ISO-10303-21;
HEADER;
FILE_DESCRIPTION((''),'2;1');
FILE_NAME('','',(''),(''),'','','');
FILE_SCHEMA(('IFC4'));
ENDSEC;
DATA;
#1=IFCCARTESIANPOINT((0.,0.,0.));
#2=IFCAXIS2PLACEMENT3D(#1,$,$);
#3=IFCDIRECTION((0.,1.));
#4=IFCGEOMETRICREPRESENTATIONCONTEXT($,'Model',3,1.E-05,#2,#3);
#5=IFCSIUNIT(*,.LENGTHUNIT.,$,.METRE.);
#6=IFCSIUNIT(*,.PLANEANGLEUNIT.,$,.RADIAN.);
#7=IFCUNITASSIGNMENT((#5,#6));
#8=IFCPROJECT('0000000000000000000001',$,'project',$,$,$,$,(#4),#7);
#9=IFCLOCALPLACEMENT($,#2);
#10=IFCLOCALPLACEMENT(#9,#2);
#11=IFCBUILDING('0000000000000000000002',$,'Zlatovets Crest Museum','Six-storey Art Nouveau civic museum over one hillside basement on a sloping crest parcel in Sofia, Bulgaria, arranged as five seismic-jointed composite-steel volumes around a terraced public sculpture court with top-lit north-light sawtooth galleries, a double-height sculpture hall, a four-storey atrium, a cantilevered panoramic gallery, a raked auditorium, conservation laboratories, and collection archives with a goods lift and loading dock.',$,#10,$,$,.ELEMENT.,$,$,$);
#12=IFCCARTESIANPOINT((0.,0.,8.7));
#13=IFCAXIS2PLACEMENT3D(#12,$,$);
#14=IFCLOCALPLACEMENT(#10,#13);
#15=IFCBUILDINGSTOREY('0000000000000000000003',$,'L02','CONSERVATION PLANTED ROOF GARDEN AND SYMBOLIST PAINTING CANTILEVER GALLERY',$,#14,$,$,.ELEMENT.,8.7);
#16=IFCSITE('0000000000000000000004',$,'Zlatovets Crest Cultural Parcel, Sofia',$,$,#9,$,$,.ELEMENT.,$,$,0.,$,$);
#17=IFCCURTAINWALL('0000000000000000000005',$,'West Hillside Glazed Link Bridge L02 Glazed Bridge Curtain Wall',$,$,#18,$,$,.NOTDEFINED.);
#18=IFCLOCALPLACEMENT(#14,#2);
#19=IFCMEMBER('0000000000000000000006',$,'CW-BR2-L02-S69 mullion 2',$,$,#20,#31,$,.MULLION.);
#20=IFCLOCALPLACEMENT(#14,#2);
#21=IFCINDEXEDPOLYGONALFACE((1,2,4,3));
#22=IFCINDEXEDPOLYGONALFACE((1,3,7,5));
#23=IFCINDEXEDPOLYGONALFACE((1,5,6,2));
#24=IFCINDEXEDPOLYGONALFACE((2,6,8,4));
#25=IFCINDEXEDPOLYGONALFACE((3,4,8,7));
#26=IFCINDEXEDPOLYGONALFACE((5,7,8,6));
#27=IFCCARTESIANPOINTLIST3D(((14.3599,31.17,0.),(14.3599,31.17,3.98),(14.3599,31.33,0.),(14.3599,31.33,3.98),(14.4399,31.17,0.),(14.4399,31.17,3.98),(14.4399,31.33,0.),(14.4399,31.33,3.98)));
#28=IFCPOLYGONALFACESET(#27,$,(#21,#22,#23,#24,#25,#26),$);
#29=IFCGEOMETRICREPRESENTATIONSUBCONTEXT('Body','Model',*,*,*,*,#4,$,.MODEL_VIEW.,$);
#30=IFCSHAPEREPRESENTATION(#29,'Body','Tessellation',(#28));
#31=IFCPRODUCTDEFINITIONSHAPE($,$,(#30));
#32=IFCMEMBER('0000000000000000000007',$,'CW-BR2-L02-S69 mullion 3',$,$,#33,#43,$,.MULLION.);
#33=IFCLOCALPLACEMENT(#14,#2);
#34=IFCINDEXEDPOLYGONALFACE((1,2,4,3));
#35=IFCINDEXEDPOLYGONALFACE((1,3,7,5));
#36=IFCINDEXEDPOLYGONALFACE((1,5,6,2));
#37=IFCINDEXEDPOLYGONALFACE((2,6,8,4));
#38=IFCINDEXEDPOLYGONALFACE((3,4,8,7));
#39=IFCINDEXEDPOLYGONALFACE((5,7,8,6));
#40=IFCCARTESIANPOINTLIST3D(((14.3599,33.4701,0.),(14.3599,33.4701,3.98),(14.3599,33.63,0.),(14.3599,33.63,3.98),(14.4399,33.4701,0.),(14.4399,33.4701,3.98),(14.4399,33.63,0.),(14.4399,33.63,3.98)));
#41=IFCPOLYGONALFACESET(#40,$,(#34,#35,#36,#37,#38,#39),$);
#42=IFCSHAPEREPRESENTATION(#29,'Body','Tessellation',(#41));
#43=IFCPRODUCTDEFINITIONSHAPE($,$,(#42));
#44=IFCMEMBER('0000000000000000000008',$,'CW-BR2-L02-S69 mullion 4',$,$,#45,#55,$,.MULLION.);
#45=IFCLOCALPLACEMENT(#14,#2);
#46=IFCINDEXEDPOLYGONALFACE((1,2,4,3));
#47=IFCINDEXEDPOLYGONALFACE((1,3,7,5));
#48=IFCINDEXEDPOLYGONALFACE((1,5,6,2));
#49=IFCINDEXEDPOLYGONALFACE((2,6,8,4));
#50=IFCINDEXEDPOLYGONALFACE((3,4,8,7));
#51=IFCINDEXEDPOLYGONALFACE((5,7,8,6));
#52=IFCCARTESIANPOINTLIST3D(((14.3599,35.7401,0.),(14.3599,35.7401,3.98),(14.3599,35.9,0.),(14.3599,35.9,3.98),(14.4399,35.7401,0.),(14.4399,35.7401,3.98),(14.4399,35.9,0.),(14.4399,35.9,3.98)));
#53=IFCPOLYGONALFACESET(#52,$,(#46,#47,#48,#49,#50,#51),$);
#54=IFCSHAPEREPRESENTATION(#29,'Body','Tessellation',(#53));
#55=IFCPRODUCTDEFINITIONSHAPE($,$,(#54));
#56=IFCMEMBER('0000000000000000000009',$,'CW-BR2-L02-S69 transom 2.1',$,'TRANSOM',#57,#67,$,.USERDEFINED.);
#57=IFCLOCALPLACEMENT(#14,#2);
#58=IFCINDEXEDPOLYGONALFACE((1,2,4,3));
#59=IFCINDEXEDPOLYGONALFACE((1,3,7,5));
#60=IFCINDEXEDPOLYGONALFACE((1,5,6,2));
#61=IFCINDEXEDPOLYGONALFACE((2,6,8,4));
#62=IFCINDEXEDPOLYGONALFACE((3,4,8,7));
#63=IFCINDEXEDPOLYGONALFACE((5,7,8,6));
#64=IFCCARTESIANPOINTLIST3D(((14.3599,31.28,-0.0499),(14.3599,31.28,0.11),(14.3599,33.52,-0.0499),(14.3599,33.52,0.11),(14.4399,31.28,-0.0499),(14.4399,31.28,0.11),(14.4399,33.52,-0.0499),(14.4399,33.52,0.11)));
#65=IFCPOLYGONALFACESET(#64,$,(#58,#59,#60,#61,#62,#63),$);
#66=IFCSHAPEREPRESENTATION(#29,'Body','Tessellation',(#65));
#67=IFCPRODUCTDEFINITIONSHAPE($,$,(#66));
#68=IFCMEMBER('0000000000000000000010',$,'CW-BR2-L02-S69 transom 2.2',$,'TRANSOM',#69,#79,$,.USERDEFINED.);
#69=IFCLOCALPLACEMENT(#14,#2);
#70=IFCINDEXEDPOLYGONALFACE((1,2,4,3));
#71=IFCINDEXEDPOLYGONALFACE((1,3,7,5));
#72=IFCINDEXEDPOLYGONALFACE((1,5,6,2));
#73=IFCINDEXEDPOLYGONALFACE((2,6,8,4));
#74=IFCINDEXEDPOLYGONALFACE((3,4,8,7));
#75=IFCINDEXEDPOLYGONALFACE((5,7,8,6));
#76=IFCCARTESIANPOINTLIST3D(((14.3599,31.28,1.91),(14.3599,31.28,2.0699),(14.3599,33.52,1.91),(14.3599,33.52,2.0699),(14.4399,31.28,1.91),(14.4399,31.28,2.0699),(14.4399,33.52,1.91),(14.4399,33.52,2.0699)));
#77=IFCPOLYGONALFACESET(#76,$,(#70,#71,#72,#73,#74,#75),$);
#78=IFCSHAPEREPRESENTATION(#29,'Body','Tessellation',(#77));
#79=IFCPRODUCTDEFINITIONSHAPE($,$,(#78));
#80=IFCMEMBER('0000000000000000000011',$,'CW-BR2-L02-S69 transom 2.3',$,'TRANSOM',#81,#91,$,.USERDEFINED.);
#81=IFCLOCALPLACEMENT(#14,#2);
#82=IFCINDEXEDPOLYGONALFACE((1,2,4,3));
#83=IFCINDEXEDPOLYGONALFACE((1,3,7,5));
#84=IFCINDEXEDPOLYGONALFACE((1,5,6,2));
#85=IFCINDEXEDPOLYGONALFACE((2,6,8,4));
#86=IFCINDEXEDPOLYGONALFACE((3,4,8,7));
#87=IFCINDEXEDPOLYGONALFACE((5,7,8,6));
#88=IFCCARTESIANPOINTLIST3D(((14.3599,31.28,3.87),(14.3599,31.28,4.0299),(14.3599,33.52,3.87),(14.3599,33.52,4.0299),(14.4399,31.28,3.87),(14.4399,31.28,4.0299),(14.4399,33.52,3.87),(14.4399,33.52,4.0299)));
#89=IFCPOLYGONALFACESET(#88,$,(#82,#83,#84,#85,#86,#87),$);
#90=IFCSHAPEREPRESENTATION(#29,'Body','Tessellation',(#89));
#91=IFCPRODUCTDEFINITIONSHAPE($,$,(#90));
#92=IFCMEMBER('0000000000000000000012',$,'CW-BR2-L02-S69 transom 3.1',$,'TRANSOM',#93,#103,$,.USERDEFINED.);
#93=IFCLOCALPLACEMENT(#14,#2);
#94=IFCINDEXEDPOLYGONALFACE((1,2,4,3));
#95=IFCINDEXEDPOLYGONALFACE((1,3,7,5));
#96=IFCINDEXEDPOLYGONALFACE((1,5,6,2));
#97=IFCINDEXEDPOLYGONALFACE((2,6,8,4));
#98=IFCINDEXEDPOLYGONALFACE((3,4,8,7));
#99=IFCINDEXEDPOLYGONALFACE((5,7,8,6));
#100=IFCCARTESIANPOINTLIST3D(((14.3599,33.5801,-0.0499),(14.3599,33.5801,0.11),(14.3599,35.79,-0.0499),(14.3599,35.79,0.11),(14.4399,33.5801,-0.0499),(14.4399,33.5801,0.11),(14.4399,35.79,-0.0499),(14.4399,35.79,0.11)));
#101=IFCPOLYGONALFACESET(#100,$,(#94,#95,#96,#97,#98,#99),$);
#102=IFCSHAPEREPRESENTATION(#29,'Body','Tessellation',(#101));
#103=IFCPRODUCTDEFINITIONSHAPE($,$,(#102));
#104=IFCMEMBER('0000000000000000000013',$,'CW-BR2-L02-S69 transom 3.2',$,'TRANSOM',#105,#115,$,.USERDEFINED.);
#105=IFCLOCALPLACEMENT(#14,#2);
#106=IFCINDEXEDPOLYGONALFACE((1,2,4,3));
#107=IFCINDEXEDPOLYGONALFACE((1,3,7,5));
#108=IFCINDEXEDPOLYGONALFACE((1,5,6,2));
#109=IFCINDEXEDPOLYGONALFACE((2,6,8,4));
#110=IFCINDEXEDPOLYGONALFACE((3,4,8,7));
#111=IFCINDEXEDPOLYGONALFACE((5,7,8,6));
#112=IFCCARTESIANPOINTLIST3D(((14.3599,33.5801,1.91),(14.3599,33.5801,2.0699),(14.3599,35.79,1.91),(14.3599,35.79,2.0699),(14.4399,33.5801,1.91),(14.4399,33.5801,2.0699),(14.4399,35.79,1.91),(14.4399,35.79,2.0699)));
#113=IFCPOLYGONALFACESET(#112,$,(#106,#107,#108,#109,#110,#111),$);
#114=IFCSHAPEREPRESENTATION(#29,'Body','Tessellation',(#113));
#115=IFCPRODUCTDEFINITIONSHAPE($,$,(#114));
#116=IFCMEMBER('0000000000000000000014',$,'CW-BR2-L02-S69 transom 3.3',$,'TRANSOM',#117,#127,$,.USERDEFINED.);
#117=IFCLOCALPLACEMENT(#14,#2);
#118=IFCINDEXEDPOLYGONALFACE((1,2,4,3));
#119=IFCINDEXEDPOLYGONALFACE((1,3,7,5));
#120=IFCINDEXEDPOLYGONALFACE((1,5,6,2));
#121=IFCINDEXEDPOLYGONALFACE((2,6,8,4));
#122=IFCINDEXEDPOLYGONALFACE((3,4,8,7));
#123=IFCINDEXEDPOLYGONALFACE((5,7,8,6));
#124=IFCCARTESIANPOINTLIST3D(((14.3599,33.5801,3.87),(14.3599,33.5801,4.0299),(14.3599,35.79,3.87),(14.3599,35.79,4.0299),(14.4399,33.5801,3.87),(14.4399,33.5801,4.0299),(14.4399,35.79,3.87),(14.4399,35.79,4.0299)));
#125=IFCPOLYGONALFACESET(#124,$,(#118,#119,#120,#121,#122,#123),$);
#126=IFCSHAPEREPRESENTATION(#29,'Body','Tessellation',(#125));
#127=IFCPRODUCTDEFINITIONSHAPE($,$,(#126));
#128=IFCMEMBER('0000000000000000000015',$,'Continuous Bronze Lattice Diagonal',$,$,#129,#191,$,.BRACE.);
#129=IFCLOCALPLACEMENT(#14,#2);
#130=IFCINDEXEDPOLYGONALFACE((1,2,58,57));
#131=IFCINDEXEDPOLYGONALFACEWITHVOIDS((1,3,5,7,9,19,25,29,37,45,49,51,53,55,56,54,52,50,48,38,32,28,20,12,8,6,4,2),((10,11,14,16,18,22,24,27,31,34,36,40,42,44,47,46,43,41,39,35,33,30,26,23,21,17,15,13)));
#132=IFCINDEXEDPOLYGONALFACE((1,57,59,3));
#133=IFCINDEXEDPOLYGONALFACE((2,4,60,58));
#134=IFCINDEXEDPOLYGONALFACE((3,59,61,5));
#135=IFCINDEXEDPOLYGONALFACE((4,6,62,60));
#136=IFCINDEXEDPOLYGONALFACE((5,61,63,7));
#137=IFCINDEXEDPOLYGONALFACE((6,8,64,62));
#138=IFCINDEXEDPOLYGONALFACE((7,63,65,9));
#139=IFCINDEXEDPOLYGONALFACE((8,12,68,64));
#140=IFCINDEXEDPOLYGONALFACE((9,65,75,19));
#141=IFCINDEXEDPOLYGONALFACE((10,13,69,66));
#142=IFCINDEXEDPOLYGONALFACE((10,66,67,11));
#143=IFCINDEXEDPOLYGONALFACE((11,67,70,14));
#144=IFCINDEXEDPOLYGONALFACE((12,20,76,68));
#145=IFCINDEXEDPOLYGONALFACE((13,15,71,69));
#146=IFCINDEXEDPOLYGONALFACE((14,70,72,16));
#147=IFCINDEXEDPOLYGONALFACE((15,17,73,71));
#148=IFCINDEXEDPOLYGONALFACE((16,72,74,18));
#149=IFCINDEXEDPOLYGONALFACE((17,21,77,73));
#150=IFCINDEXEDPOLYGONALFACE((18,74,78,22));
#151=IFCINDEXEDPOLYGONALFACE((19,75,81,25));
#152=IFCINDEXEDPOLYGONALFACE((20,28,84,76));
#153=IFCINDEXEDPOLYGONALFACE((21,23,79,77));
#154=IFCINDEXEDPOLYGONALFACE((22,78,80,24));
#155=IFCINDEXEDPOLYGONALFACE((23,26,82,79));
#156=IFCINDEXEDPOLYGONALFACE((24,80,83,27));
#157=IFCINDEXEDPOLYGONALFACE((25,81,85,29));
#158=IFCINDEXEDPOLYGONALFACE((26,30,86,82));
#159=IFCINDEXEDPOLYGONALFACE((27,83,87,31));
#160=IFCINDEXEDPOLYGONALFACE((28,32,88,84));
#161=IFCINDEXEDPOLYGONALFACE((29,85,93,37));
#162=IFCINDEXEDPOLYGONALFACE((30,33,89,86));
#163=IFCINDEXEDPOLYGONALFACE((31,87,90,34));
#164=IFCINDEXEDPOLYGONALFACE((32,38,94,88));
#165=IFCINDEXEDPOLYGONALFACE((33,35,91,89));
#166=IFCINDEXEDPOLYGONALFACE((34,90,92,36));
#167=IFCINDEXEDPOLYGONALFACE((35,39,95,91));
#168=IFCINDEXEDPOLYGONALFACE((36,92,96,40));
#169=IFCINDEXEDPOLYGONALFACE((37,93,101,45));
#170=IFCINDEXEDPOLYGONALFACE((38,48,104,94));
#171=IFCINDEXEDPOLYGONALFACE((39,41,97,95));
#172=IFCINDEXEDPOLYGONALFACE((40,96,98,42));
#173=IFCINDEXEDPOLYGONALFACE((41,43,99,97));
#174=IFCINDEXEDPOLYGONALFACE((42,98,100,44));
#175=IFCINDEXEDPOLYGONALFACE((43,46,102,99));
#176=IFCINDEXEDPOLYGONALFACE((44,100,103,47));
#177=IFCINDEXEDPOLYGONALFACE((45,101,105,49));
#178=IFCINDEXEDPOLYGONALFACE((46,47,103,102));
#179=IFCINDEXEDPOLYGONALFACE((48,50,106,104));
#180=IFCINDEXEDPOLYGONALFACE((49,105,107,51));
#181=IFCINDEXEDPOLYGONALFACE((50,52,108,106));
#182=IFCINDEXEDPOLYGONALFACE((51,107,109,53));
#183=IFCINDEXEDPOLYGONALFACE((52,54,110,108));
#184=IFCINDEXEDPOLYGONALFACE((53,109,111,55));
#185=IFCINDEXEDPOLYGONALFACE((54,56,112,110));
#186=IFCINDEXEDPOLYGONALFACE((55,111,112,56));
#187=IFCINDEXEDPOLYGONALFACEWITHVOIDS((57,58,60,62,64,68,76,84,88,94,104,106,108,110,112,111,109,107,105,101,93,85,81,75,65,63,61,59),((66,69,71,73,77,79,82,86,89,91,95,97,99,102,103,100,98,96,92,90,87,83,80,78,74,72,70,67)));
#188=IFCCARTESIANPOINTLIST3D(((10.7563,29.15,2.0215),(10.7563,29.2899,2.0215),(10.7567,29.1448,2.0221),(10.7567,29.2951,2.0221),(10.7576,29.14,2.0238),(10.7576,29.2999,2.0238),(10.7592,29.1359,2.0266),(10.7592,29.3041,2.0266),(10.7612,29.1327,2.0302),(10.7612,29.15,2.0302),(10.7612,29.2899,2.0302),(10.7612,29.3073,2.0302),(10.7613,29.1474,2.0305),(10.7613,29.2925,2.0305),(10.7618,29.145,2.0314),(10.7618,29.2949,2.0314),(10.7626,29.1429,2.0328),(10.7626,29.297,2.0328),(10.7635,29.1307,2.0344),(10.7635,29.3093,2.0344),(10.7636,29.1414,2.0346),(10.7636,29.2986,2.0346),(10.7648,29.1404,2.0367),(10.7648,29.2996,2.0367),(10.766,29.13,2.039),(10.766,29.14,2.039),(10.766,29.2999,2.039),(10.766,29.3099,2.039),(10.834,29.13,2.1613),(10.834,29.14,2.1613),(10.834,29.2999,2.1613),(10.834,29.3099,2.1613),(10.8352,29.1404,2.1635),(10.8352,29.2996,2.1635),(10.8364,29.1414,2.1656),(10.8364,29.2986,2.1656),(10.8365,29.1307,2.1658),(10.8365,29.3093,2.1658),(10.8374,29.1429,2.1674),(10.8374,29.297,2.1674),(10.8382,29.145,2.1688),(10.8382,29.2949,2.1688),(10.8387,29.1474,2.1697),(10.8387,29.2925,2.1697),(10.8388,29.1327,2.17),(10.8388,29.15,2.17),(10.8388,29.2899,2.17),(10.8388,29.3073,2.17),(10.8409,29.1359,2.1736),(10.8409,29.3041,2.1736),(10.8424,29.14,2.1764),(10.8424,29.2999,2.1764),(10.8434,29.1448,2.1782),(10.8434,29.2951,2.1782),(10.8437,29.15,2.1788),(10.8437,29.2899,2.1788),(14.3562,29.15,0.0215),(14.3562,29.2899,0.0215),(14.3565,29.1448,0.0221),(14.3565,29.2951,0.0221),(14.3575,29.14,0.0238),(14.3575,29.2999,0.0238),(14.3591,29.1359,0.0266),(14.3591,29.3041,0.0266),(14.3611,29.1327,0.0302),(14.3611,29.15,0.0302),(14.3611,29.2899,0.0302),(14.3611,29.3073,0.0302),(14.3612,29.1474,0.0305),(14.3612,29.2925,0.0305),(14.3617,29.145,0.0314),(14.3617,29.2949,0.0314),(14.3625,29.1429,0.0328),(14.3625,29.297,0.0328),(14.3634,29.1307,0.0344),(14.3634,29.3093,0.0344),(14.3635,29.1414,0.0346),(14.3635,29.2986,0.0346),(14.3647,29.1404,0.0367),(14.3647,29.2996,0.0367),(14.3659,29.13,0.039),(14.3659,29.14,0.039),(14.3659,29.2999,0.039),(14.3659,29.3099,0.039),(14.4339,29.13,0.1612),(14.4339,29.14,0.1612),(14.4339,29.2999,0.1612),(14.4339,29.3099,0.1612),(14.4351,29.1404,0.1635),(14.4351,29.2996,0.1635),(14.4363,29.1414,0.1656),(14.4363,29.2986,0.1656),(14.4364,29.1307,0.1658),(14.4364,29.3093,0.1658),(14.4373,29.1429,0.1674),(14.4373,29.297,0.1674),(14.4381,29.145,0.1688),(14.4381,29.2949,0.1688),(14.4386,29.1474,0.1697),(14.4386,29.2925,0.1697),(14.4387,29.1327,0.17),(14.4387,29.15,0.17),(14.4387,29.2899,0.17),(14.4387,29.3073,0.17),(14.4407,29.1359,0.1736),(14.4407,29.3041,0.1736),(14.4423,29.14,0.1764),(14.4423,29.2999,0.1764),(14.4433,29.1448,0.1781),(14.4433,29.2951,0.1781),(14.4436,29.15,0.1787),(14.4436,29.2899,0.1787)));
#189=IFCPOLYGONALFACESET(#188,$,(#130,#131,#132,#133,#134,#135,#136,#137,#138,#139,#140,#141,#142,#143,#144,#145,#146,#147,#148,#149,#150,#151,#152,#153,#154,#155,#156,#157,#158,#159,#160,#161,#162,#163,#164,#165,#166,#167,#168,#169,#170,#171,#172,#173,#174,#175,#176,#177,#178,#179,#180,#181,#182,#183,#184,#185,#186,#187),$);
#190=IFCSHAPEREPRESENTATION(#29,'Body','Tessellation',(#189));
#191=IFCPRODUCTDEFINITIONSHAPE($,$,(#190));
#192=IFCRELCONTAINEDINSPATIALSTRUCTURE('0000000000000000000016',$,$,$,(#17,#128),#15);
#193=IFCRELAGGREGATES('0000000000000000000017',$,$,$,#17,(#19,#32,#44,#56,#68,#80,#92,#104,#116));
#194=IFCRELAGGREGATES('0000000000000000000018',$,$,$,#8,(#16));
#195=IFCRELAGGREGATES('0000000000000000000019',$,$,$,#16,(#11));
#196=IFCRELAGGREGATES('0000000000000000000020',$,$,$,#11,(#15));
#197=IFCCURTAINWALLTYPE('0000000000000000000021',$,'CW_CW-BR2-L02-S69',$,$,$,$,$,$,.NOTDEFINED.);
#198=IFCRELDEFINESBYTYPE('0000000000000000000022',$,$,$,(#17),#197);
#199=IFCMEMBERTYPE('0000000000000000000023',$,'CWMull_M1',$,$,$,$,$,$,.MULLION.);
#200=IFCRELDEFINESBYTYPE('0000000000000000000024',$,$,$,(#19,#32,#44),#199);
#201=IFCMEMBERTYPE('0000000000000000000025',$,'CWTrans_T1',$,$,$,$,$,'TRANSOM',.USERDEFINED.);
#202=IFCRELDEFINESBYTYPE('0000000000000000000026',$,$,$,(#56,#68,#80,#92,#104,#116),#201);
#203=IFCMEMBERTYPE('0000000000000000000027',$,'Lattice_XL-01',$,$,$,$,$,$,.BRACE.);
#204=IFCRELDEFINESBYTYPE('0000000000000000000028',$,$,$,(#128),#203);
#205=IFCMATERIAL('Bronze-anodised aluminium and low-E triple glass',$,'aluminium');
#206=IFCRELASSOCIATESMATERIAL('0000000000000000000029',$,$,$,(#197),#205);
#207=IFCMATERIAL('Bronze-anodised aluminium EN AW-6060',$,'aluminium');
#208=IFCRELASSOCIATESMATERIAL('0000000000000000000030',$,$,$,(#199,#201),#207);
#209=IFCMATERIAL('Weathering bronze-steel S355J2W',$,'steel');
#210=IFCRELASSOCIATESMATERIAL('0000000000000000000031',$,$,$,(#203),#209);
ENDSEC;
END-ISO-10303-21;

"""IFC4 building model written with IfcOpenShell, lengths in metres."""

from ifc_helpers import new_model, si_unit, direction, frame, origin, origin_2d, place, context, subcontext, project, spatial, rectangle, hollow_rectangle, extrude, material, material_profile, profile_set, type_object, element, aggregate, save


model = new_model("IFC4")

# Units and contexts
model_context = context("Model", 3, precision=1e-05, world=origin(), true_north=direction((0.0, 1.0)))
body_context = subcontext(model_context, "Body", "Model", "MODEL_VIEW")
ifc_project = project(units=[si_unit("LENGTHUNIT", "METRE"), si_unit("PLANEANGLEUNIT", "RADIAN")], contexts=[model_context])

# Site, building, storey
site_placement = place(None, origin())
site = spatial("IfcSite", under=ifc_project, at=site_placement, Name="Zlatovets Crest Cultural Parcel, Sofia", CompositionType="ELEMENT", RefElevation=0.0)
building_placement = place(site_placement, origin())
building = spatial("IfcBuilding", under=site, at=building_placement, Name="Zlatovets Crest Museum", Description="Six-storey Art Nouveau civic museum over one hillside basement on a sloping crest parcel in Sofia, Bulgaria, arranged as five seismic-jointed composite-steel volumes around a terraced public sculpture court with top-lit north-light sawtooth galleries, a double-height sculpture hall, a four-storey atrium, a cantilevered panoramic gallery, a raked auditorium, conservation laboratories, and collection archives with a goods lift and loading dock.", CompositionType="ELEMENT")
storey_placement = place(building_placement, frame((0.0, 0.0, 8.7)))
storey = spatial("IfcBuildingStorey", under=building, at=storey_placement, Name="L02", Description="CONSERVATION PLANTED ROOF GARDEN AND SYMBOLIST PAINTING CANTILEVER GALLERY", CompositionType="ELEMENT", Elevation=8.7)

# Curtain wall, members
ifc_material_1 = material(Name="Bronze-anodised aluminium and low-E triple glass", Category="aluminium")
curtain_wall_type = type_object("IfcCurtainWallType", Name="CW_CW-BR2-L02-S69", PredefinedType="NOTDEFINED", material=ifc_material_1)
curtain_wall_placement = place(storey_placement, origin())
curtain_wall = element("IfcCurtainWall", 1, at=curtain_wall_placement, inside=storey, type_object=curtain_wall_type, Name="West Hillside Glazed Link Bridge L02 Glazed Bridge Curtain Wall", PredefinedType="NOTDEFINED")
ifc_material_2 = material(Name="Bronze-anodised aluminium EN AW-6060", Category="aluminium")
ifc_material_profile_1 = material_profile(ifc_material_2, rectangle(XDim=0.0801, YDim=0.1599, at=origin_2d()), Name="ALU 80x160")
ifc_profile_set_1 = profile_set([ifc_material_profile_1], Name="Bronze-anodised aluminium EN AW-6060")
member_type_1 = type_object("IfcMemberType", Name="CWMull_M1", PredefinedType="MULLION", material=ifc_profile_set_1)
member_1_placement = place(storey_placement, frame((14.3999, 31.25, 0.0), z_axis=(0.0, 0.0, 1.0), x_axis=(-1.0, 0.0, 0.0)))
member_1 = element("IfcMember", 2, at=member_1_placement, type_object=member_type_1, Name="CW-BR2-L02-S69 mullion 2", PredefinedType="MULLION", context=body_context, shape_type="SweptSolid", body=[
    extrude(rectangle(XDim=0.0801, YDim=0.1599, at=origin_2d()), origin(), (0.0, 0.0, 1.0), 3.98),
])
member_2_placement = place(storey_placement, frame((14.3999, 33.55, 0.0), z_axis=(0.0, 0.0, 1.0), x_axis=(-1.0, 0.0, 0.0)))
member_2 = element("IfcMember", 3, at=member_2_placement, type_object=member_type_1, Name="CW-BR2-L02-S69 mullion 3", PredefinedType="MULLION", context=body_context, shape_type="SweptSolid", body=[
    extrude(rectangle(XDim=0.0801, YDim=0.1599, at=origin_2d()), origin(), (0.0, 0.0, 1.0), 3.98),
])
member_3_placement = place(storey_placement, frame((14.3999, 35.8201, 0.0), z_axis=(0.0, 0.0, 1.0), x_axis=(-1.0, 0.0, 0.0)))
member_3 = element("IfcMember", 4, at=member_3_placement, type_object=member_type_1, Name="CW-BR2-L02-S69 mullion 4", PredefinedType="MULLION", context=body_context, shape_type="SweptSolid", body=[
    extrude(rectangle(XDim=0.0801, YDim=0.1599, at=origin_2d()), origin(), (0.0, 0.0, 1.0), 3.98),
])
ifc_material_profile_2 = material_profile(ifc_material_2, rectangle(XDim=0.0801, YDim=0.1599, at=origin_2d()), Name="ALU 80x160")
ifc_profile_set_2 = profile_set([ifc_material_profile_2], Name="Bronze-anodised aluminium EN AW-6060")
member_type_2 = type_object("IfcMemberType", Name="CWTrans_T1", ElementType="TRANSOM", PredefinedType="USERDEFINED", material=ifc_profile_set_2)
member_4_placement = place(storey_placement, frame((14.3999, 31.28, 0.03), z_axis=(0.0, 1.0, 0.0), x_axis=(-1.0, 0.0, 0.0)))
member_4 = element("IfcMember", 5, at=member_4_placement, type_object=member_type_2, Name="CW-BR2-L02-S69 transom 2.1", ObjectType="TRANSOM", PredefinedType="USERDEFINED", context=body_context, shape_type="SweptSolid", body=[
    extrude(rectangle(XDim=0.0801, YDim=0.1599, at=origin_2d()), origin(), (0.0, 0.0, 1.0), 2.24),
])
member_5_placement = place(storey_placement, frame((14.3999, 31.28, 1.99), z_axis=(0.0, 1.0, 0.0), x_axis=(-1.0, 0.0, 0.0)))
member_5 = element("IfcMember", 6, at=member_5_placement, type_object=member_type_2, Name="CW-BR2-L02-S69 transom 2.2", ObjectType="TRANSOM", PredefinedType="USERDEFINED", context=body_context, shape_type="SweptSolid", body=[
    extrude(rectangle(XDim=0.0801, YDim=0.1599, at=origin_2d()), origin(), (0.0, 0.0, 1.0), 2.24),
])
member_6_placement = place(storey_placement, frame((14.3999, 31.28, 3.95), z_axis=(0.0, 1.0, 0.0), x_axis=(-1.0, 0.0, 0.0)))
member_6 = element("IfcMember", 7, at=member_6_placement, type_object=member_type_2, Name="CW-BR2-L02-S69 transom 2.3", ObjectType="TRANSOM", PredefinedType="USERDEFINED", context=body_context, shape_type="SweptSolid", body=[
    extrude(rectangle(XDim=0.0801, YDim=0.1599, at=origin_2d()), origin(), (0.0, 0.0, 1.0), 2.24),
])
member_7_placement = place(storey_placement, frame((14.3999, 33.5801, 0.03), z_axis=(0.0, 1.0, 0.0), x_axis=(-1.0, 0.0, 0.0)))
member_7 = element("IfcMember", 8, at=member_7_placement, type_object=member_type_2, Name="CW-BR2-L02-S69 transom 3.1", ObjectType="TRANSOM", PredefinedType="USERDEFINED", context=body_context, shape_type="SweptSolid", body=[
    extrude(rectangle(XDim=0.0801, YDim=0.1599, at=origin_2d()), origin(), (0.0, 0.0, 1.0), 2.21),
])
member_8_placement = place(storey_placement, frame((14.3999, 33.5801, 1.99), z_axis=(0.0, 1.0, 0.0), x_axis=(-1.0, 0.0, 0.0)))
member_8 = element("IfcMember", 9, at=member_8_placement, type_object=member_type_2, Name="CW-BR2-L02-S69 transom 3.2", ObjectType="TRANSOM", PredefinedType="USERDEFINED", context=body_context, shape_type="SweptSolid", body=[
    extrude(rectangle(XDim=0.0801, YDim=0.1599, at=origin_2d()), origin(), (0.0, 0.0, 1.0), 2.21),
])
member_9_placement = place(storey_placement, frame((14.3999, 33.5801, 3.95), z_axis=(0.0, 1.0, 0.0), x_axis=(-1.0, 0.0, 0.0)))
member_9 = element("IfcMember", 10, at=member_9_placement, type_object=member_type_2, Name="CW-BR2-L02-S69 transom 3.3", ObjectType="TRANSOM", PredefinedType="USERDEFINED", context=body_context, shape_type="SweptSolid", body=[
    extrude(rectangle(XDim=0.0801, YDim=0.1599, at=origin_2d()), origin(), (0.0, 0.0, 1.0), 2.21),
])

# Member
ifc_material_3 = material(Name="Weathering bronze-steel S355J2W", Category="steel")
ifc_material_profile_3 = material_profile(ifc_material_3, hollow_rectangle(XDim=0.1799, YDim=0.1799, WallThickness=0.01, InnerFilletRadius=0.01, OuterFilletRadius=0.02, at=origin_2d()), Name="SHS 180x180x10.0")
ifc_profile_set_3 = profile_set([ifc_material_profile_3], Name="Weathering bronze-steel S355J2W")
member_type_3 = type_object("IfcMemberType", Name="Lattice_XL-01", PredefinedType="BRACE", material=ifc_profile_set_3)
member_10_placement = place(storey_placement, frame((14.3999, 29.22, 0.1001), z_axis=(-0.874149, 0.0, 0.485658), x_axis=(0.0, -1.0, 0.0)))
element("IfcMember", 11, at=member_10_placement, inside=storey, type_object=member_type_3, Name="Continuous Bronze Lattice Diagonal", PredefinedType="BRACE", context=body_context, shape_type="SweptSolid", body=[
    extrude(hollow_rectangle(XDim=0.1799, YDim=0.1799, WallThickness=0.01, InnerFilletRadius=0.01, OuterFilletRadius=0.02, at=origin_2d()), origin(), (0.0, 0.0, 1.0), 4.1182),
])

aggregate(curtain_wall, [member_1, member_2, member_3, member_4, member_5, member_6, member_7, member_8, member_9])

save(model, "model.ifc")
